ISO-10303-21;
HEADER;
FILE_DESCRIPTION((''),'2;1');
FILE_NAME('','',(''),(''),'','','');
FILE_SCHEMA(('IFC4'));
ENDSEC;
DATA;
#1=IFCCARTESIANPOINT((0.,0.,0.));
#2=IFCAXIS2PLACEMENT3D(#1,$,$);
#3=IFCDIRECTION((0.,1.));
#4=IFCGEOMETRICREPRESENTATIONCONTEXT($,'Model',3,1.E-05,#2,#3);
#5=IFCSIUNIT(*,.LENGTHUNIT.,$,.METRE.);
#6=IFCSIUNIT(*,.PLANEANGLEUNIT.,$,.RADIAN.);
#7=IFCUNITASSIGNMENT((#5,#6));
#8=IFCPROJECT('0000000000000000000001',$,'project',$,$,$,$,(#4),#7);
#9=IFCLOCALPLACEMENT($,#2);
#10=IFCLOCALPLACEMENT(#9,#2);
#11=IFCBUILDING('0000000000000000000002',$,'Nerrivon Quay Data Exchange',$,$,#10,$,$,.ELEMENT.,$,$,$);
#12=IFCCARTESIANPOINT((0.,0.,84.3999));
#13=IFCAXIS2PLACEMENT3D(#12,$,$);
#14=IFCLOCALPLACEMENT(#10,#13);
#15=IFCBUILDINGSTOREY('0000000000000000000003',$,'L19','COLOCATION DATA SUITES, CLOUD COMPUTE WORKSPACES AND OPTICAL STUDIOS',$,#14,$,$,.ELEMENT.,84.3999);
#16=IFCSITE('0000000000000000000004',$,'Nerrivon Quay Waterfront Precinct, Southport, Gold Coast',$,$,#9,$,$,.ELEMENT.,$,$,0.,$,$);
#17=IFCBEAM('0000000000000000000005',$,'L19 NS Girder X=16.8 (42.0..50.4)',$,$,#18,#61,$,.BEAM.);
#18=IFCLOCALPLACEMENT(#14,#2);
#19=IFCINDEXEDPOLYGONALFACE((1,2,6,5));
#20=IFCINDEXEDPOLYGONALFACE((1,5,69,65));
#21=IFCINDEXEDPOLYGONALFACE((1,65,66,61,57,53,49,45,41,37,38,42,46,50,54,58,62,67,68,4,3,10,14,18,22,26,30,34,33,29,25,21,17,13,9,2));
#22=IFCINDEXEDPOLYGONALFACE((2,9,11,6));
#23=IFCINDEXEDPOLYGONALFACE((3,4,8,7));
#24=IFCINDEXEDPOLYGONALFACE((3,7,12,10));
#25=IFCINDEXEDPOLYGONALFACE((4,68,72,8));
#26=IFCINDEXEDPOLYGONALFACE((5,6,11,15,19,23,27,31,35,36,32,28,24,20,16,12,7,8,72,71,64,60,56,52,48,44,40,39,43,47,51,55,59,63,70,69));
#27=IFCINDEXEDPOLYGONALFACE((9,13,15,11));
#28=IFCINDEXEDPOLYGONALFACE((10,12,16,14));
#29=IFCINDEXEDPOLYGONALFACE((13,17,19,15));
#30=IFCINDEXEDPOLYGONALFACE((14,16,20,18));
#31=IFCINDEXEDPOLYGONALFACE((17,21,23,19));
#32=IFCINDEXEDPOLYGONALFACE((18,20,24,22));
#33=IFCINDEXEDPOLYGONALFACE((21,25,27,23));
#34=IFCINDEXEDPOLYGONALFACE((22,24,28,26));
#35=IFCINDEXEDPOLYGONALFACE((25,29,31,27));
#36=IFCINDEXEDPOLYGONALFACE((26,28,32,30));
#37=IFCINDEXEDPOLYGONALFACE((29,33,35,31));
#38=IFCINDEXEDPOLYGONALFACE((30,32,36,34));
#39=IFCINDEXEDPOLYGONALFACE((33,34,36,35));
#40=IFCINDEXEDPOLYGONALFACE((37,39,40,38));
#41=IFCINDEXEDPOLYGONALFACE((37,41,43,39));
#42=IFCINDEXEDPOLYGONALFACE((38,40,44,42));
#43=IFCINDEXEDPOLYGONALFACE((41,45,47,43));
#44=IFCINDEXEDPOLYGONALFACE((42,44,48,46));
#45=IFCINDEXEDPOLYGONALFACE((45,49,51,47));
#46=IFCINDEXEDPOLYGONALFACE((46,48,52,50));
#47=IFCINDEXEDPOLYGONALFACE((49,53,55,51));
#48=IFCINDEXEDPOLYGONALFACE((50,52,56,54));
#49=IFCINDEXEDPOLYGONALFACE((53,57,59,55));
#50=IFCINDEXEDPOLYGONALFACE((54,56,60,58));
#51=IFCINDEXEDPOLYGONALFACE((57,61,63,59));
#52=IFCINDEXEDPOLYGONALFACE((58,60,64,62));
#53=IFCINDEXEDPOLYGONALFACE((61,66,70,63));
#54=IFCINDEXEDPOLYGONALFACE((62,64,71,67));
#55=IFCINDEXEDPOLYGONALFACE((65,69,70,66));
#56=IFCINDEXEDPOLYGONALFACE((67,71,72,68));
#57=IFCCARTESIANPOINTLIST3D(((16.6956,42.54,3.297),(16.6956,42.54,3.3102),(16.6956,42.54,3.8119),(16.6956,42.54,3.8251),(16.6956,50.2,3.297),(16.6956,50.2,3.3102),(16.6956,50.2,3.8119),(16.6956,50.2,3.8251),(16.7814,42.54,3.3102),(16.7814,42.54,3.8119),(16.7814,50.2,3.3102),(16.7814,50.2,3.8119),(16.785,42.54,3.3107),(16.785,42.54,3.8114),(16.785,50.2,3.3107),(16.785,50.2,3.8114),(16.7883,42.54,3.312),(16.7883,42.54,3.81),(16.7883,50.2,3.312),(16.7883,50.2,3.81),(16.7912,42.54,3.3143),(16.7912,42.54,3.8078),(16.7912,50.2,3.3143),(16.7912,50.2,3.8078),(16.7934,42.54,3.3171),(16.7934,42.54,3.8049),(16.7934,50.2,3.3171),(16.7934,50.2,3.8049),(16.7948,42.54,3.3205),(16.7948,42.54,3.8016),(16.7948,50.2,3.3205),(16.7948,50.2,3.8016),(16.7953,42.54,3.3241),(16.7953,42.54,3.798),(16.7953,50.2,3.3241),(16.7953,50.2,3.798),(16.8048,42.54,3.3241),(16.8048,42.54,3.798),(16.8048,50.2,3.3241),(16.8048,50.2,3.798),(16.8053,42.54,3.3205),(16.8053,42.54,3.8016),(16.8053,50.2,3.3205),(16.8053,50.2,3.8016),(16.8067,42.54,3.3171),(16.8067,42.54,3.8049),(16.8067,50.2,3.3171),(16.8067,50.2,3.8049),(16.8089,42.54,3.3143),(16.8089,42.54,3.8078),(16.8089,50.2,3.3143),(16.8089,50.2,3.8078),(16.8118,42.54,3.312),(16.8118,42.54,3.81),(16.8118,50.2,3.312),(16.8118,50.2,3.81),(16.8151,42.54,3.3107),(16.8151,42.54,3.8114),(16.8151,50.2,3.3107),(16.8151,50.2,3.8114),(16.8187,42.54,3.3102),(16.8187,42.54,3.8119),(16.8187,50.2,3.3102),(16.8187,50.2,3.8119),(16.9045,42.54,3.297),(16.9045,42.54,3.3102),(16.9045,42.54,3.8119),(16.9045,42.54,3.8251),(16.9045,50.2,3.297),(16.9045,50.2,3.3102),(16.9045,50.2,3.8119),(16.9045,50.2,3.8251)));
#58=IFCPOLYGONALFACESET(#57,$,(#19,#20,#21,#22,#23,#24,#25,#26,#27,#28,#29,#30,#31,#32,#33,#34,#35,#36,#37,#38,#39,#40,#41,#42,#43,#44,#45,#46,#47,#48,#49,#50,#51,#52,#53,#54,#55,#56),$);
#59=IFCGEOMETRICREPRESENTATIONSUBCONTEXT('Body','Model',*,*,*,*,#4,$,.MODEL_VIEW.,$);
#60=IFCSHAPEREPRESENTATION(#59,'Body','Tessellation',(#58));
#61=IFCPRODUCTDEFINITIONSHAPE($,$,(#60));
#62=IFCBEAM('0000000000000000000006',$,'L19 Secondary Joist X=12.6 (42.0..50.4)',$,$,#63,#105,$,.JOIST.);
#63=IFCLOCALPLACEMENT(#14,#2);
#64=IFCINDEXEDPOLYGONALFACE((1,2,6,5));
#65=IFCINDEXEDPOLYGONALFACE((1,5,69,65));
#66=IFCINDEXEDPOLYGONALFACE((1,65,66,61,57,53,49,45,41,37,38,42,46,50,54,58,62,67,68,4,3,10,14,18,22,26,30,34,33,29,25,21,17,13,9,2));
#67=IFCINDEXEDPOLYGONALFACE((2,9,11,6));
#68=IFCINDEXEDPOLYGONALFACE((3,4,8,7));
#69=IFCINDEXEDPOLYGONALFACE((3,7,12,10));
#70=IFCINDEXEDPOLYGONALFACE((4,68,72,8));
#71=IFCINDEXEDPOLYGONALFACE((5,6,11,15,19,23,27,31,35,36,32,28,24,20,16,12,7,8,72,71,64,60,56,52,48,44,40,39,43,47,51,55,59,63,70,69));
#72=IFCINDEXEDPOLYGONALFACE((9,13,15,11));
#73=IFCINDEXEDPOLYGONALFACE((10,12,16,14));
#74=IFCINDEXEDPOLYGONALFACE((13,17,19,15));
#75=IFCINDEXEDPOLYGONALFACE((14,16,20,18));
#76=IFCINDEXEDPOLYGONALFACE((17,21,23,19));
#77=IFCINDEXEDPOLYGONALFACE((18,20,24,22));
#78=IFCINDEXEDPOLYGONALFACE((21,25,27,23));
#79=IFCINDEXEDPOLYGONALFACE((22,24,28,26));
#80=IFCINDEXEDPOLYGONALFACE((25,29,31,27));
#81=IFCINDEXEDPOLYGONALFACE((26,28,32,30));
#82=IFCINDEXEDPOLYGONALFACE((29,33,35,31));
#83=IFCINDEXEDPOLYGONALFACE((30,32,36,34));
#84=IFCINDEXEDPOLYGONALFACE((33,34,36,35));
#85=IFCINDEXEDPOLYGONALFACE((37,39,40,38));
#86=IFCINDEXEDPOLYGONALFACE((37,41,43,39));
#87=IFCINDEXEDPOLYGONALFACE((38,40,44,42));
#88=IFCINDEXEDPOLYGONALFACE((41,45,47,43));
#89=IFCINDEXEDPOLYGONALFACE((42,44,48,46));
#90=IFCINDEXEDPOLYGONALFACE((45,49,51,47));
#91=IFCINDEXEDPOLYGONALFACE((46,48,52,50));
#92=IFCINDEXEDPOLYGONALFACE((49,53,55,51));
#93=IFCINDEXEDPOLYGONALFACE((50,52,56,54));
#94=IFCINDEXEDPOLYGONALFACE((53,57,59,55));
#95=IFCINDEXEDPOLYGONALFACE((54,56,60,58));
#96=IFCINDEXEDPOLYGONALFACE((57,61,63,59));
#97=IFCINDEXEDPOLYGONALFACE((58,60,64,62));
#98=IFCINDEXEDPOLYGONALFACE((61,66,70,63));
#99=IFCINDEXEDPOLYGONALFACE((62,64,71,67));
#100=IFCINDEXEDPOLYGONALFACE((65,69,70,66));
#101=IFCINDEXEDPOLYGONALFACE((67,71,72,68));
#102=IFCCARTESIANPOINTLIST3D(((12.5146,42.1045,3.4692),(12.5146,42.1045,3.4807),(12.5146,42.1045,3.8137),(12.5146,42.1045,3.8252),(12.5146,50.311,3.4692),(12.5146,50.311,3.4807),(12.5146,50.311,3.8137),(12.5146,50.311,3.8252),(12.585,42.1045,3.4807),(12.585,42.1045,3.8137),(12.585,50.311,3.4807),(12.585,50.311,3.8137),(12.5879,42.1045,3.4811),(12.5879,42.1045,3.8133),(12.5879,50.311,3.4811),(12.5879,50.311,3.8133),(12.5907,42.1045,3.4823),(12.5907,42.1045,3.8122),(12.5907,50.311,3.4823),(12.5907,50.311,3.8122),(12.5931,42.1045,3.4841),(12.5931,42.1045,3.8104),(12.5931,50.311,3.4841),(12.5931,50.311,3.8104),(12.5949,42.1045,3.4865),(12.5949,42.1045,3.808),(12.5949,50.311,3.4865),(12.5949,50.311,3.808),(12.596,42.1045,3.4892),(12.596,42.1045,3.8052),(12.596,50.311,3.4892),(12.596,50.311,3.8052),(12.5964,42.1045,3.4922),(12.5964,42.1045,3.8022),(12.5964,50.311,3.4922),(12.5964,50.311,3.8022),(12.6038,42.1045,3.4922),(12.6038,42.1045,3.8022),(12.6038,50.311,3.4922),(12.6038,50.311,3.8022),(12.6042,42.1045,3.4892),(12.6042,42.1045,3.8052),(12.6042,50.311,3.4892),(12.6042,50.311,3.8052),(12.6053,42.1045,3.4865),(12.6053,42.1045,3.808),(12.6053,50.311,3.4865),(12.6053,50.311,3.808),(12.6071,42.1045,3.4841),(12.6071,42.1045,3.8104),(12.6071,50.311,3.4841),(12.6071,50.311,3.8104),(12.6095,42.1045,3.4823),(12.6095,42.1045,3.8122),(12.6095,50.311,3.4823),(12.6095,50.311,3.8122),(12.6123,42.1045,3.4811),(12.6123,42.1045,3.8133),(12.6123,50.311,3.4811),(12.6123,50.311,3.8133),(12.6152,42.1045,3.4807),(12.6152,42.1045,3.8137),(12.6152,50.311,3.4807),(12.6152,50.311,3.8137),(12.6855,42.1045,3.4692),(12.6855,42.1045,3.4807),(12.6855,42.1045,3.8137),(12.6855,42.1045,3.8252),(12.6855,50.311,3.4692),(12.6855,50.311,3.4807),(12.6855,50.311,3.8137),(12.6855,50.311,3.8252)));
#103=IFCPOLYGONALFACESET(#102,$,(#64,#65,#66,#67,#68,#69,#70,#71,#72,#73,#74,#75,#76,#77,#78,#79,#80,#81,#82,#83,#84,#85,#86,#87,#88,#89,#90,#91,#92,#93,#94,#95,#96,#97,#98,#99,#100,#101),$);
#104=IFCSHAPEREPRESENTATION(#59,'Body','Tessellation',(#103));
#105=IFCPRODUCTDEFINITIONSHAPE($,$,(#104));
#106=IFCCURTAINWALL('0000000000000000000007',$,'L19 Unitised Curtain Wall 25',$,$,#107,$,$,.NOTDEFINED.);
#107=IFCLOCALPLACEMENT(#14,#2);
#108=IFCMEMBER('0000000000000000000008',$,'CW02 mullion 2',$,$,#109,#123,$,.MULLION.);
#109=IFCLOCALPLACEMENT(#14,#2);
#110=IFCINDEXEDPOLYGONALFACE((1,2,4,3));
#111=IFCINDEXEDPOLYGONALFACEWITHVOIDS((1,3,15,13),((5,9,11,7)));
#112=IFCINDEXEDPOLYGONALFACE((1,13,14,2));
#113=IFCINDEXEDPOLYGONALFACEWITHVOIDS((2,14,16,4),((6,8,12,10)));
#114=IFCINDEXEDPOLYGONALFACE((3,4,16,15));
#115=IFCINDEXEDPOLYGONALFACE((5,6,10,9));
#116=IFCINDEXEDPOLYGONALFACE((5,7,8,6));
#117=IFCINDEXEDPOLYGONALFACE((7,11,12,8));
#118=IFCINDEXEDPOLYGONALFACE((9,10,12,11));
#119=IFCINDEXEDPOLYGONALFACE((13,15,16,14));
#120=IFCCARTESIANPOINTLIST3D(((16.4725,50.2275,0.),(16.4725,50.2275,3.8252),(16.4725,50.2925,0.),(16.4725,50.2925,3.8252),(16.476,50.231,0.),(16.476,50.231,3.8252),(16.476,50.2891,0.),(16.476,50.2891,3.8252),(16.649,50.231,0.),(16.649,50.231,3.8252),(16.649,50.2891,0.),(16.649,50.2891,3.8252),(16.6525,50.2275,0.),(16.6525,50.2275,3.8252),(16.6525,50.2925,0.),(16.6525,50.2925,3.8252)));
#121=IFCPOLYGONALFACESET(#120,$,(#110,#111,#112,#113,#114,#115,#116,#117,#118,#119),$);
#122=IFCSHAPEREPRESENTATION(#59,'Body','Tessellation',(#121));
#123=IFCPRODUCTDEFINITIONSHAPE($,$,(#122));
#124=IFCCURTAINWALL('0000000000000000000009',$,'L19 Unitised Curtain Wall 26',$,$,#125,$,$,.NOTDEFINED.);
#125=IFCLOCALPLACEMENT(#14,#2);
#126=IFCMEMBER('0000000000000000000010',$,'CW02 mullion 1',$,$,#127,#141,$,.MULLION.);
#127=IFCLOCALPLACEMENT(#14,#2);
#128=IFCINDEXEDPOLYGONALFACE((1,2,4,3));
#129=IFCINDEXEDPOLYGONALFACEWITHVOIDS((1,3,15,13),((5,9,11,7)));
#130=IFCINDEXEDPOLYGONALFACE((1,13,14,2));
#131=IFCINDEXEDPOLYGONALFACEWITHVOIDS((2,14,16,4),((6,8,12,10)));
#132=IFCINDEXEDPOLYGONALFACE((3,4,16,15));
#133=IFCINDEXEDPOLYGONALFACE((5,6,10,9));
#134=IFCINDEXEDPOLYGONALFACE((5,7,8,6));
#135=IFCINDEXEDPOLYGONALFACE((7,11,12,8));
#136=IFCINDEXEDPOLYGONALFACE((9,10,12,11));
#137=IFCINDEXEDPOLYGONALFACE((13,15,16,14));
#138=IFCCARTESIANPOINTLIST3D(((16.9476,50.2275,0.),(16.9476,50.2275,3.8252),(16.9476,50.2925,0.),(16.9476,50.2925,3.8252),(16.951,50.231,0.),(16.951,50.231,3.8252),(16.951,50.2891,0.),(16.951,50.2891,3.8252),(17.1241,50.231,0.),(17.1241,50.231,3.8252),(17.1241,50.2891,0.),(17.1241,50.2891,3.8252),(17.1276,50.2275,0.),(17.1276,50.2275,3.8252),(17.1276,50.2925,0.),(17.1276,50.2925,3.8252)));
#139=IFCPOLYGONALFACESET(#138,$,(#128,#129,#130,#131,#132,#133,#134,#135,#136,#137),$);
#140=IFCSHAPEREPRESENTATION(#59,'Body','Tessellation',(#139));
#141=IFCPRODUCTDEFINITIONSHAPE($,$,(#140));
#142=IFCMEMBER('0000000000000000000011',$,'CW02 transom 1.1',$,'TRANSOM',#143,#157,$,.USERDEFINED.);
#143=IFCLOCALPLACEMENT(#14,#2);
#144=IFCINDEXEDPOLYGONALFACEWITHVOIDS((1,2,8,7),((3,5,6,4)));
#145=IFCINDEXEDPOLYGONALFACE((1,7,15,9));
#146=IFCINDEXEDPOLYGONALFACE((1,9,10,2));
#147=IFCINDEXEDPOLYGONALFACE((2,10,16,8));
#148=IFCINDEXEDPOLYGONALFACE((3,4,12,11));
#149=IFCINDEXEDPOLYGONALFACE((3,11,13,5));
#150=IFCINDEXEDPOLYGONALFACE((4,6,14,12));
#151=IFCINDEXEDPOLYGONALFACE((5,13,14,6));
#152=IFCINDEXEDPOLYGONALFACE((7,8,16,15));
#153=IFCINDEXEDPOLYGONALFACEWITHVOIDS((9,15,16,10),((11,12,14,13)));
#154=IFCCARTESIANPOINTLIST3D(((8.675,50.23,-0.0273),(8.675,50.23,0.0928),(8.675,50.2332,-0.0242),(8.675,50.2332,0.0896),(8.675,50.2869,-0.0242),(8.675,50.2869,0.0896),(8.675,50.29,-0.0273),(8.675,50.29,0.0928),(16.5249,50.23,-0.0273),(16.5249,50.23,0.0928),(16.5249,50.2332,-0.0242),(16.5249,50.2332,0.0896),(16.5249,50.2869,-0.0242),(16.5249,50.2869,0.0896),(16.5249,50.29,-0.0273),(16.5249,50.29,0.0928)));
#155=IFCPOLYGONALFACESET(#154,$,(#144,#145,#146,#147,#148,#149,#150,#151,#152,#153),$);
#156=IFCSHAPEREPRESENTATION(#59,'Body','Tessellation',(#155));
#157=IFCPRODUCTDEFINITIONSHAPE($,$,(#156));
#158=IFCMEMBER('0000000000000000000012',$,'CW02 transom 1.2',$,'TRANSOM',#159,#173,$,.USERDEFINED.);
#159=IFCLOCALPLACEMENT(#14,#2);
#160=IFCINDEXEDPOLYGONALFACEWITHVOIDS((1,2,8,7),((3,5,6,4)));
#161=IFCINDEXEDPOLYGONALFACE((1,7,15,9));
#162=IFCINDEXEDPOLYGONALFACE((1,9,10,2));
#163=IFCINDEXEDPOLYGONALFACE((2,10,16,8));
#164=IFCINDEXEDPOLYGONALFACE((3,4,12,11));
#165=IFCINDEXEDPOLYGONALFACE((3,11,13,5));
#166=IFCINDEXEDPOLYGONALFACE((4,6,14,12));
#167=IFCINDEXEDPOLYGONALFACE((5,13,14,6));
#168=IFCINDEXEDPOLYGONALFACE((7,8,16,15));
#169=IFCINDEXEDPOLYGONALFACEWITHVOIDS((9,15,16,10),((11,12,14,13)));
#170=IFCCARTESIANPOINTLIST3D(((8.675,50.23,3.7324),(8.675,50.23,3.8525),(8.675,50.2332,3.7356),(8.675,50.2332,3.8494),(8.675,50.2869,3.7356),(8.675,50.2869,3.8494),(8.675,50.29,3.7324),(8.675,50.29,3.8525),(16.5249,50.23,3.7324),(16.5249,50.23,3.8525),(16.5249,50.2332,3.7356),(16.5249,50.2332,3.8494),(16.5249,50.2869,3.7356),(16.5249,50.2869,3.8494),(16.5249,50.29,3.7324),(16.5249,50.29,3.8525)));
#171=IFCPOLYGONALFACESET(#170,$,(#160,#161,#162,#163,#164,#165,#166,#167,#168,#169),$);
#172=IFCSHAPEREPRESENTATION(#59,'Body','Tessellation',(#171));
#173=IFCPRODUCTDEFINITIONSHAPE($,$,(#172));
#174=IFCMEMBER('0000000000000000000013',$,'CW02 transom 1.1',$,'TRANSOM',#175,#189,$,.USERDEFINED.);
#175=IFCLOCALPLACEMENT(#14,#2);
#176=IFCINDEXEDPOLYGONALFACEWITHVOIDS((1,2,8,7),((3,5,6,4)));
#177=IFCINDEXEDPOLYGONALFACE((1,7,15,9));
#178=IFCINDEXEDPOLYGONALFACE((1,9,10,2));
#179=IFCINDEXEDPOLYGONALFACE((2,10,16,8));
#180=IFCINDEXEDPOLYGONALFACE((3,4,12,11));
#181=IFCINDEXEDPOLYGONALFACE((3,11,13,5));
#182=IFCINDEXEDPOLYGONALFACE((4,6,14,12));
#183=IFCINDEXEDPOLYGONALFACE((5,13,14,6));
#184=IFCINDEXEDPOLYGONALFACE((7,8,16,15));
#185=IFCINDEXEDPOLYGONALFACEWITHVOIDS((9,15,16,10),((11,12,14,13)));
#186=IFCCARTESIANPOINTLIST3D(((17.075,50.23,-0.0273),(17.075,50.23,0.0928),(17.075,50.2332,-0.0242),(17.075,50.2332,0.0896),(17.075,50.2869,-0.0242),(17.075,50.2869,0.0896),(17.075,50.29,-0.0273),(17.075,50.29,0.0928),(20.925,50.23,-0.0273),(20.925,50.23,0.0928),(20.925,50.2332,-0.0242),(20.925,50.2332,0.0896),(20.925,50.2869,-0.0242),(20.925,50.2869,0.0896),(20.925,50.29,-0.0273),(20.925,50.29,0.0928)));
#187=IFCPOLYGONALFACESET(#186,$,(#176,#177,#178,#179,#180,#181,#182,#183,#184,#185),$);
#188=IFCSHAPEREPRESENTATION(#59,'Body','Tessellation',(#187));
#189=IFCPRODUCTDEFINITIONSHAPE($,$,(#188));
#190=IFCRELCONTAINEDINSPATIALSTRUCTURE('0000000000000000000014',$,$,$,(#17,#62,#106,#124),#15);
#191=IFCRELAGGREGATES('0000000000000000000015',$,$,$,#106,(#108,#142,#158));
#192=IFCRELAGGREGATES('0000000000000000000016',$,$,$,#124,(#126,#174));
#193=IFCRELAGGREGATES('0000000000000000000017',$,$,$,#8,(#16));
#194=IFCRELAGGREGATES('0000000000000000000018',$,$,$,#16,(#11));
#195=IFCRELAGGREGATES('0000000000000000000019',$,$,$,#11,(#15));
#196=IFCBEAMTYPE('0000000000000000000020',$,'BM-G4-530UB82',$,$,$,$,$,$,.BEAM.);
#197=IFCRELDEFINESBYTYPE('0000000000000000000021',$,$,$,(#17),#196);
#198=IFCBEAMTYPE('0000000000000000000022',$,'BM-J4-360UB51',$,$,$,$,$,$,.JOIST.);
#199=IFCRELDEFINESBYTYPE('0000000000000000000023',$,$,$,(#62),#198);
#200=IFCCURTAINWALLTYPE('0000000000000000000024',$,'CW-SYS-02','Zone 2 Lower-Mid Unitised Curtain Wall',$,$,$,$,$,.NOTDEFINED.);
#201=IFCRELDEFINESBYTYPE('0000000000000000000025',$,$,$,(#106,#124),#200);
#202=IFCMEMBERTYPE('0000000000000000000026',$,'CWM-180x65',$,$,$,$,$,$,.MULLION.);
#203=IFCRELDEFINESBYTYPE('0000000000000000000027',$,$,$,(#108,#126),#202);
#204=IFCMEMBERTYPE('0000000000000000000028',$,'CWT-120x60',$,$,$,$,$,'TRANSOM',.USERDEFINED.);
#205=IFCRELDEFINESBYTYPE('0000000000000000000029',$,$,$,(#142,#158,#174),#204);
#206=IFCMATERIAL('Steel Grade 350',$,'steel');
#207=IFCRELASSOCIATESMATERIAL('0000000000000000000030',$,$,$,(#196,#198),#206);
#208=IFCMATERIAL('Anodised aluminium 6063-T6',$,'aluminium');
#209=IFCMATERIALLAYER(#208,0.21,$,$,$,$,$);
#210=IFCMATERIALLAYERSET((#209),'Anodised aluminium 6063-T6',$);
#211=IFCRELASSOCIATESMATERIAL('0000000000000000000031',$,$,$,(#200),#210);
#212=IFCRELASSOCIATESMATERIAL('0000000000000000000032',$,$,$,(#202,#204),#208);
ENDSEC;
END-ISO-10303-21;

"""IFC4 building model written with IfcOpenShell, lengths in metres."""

from ifc_helpers import new_model, si_unit, direction, frame, origin, origin_2d, place, context, subcontext, project, spatial, hollow_rectangle, i_section, extrude, material, layer, layer_set, material_profile, profile_set, type_object, element, aggregate, save


model = new_model("IFC4")

# Units and contexts
model_context = context("Model", 3, precision=1e-05, world=origin(), true_north=direction((0.0, 1.0)))
body_context = subcontext(model_context, "Body", "Model", "MODEL_VIEW")
ifc_project = project(units=[si_unit("LENGTHUNIT", "METRE"), si_unit("PLANEANGLEUNIT", "RADIAN")], contexts=[model_context])

# Site, building, storey
site_placement = place(None, origin())
site = spatial("IfcSite", under=ifc_project, at=site_placement, Name="Nerrivon Quay Waterfront Precinct, Southport, Gold Coast", CompositionType="ELEMENT", RefElevation=0.0)
building_placement = place(site_placement, origin())
building = spatial("IfcBuilding", under=site, at=building_placement, Name="Nerrivon Quay Data Exchange", CompositionType="ELEMENT")
storey_placement = place(building_placement, frame((0.0, 0.0, 84.3999)))
storey = spatial("IfcBuildingStorey", under=building, at=storey_placement, Name="L19", Description="COLOCATION DATA SUITES, CLOUD COMPUTE WORKSPACES AND OPTICAL STUDIOS", CompositionType="ELEMENT", Elevation=84.3999)

# Shared definitions
ifc_material_1 = material(Name="Steel Grade 350", Category="steel")

# Beams
ifc_material_profile_1 = material_profile(ifc_material_1, i_section(OverallWidth=0.209, OverallDepth=0.5281, WebThickness=0.0095, FlangeThickness=0.0132, FilletRadius=0.0139, at=origin_2d()), Name="530UB82.0")
ifc_profile_set_1 = profile_set([ifc_material_profile_1], Name="Steel Grade 350")
beam_type_1 = type_object("IfcBeamType", Name="BM-G4-530UB82", PredefinedType="BEAM", material=ifc_profile_set_1)
beam_1_placement = place(storey_placement, frame((16.8, 42.54, 3.561), z_axis=(0.0, 1.0, 0.0), x_axis=(-1.0, 0.0, 0.0)))
element("IfcBeam", 1, at=beam_1_placement, inside=storey, type_object=beam_type_1, Name="L19 NS Girder X=16.8 (42.0..50.4)", PredefinedType="BEAM", context=body_context, shape_type="SweptSolid", body=[
    extrude(i_section(OverallWidth=0.209, OverallDepth=0.5281, WebThickness=0.0095, FlangeThickness=0.0132, FilletRadius=0.0139, at=origin_2d()), origin(), (0.0, 0.0, 1.0), 7.6599),
])
ifc_material_profile_2 = material_profile(ifc_material_1, i_section(OverallWidth=0.1709, OverallDepth=0.356, WebThickness=0.0073, FlangeThickness=0.0115, FilletRadius=0.0115, at=origin_2d()), Name="360UB50.7")
ifc_profile_set_2 = profile_set([ifc_material_profile_2], Name="Steel Grade 350")
beam_type_2 = type_object("IfcBeamType", Name="BM-J4-360UB51", PredefinedType="JOIST", material=ifc_profile_set_2)
beam_2_placement = place(storey_placement, frame((12.6001, 42.1045, 3.6472), z_axis=(0.0, 1.0, 0.0), x_axis=(-1.0, 0.0, 0.0)))
element("IfcBeam", 2, at=beam_2_placement, inside=storey, type_object=beam_type_2, Name="L19 Secondary Joist X=12.6 (42.0..50.4)", PredefinedType="JOIST", context=body_context, shape_type="SweptSolid", body=[
    extrude(i_section(OverallWidth=0.1709, OverallDepth=0.356, WebThickness=0.0073, FlangeThickness=0.0115, FilletRadius=0.0115, at=origin_2d()), origin(), (0.0, 0.0, 1.0), 8.2065),
])

# Curtain walls, members
ifc_material_2 = material(Name="Anodised aluminium 6063-T6", Category="aluminium")
ifc_layer_1 = layer(ifc_material_2, 0.21)
ifc_layer_set_1 = layer_set([ifc_layer_1], Name="Anodised aluminium 6063-T6")
curtain_wall_type = type_object("IfcCurtainWallType", Name="CW-SYS-02", Description="Zone 2 Lower-Mid Unitised Curtain Wall", PredefinedType="NOTDEFINED", material=ifc_layer_set_1)
curtain_wall_1_placement = place(storey_placement, origin())
curtain_wall_1 = element("IfcCurtainWall", 3, at=curtain_wall_1_placement, inside=storey, type_object=curtain_wall_type, Name="L19 Unitised Curtain Wall 25", PredefinedType="NOTDEFINED")
ifc_material_profile_3 = material_profile(ifc_material_2, hollow_rectangle(XDim=0.0649, YDim=0.1799, WallThickness=0.0034, at=origin_2d()), Name="ALU-MULL-180x65")
ifc_profile_set_3 = profile_set([ifc_material_profile_3], Name="Anodised aluminium 6063-T6")
member_type_1 = type_object("IfcMemberType", Name="CWM-180x65", PredefinedType="MULLION", material=ifc_profile_set_3)
member_1_placement = place(storey_placement, frame((16.5625, 50.26, 0.0), z_axis=(0.0, 0.0, 1.0), x_axis=(0.0, 1.0, 0.0)))
member_1 = element("IfcMember", 4, at=member_1_placement, type_object=member_type_1, Name="CW02 mullion 2", PredefinedType="MULLION", context=body_context, shape_type="SweptSolid", body=[
    extrude(hollow_rectangle(XDim=0.0649, YDim=0.1799, WallThickness=0.0034, at=origin_2d()), origin(), (0.0, 0.0, 1.0), 3.8252),
])
curtain_wall_2_placement = place(storey_placement, origin())
curtain_wall_2 = element("IfcCurtainWall", 5, at=curtain_wall_2_placement, inside=storey, type_object=curtain_wall_type, Name="L19 Unitised Curtain Wall 26", PredefinedType="NOTDEFINED")
member_2_placement = place(storey_placement, frame((17.0376, 50.26, 0.0), z_axis=(0.0, 0.0, 1.0), x_axis=(0.0, 1.0, 0.0)))
member_2 = element("IfcMember", 6, at=member_2_placement, type_object=member_type_1, Name="CW02 mullion 1", PredefinedType="MULLION", context=body_context, shape_type="SweptSolid", body=[
    extrude(hollow_rectangle(XDim=0.0649, YDim=0.1799, WallThickness=0.0034, at=origin_2d()), origin(), (0.0, 0.0, 1.0), 3.8252),
])

# Members
ifc_material_profile_4 = material_profile(ifc_material_2, hollow_rectangle(XDim=0.0601, YDim=0.1201, WallThickness=0.0032, at=origin_2d()), Name="ALU-TRAN-120x60")
ifc_profile_set_4 = profile_set([ifc_material_profile_4], Name="Anodised aluminium 6063-T6")
member_type_2 = type_object("IfcMemberType", Name="CWT-120x60", ElementType="TRANSOM", PredefinedType="USERDEFINED", material=ifc_profile_set_4)
member_3_placement = place(storey_placement, frame((8.675, 50.26, 0.0327), z_axis=(1.0, 0.0, 0.0), x_axis=(0.0, 1.0, 0.0)))
member_3 = element("IfcMember", 7, at=member_3_placement, type_object=member_type_2, Name="CW02 transom 1.1", ObjectType="TRANSOM", PredefinedType="USERDEFINED", context=body_context, shape_type="SweptSolid", body=[
    extrude(hollow_rectangle(XDim=0.0601, YDim=0.1201, WallThickness=0.0032, at=origin_2d()), origin(), (0.0, 0.0, 1.0), 7.8499),
])
member_4_placement = place(storey_placement, frame((8.675, 50.26, 3.7925), z_axis=(1.0, 0.0, 0.0), x_axis=(0.0, 1.0, 0.0)))
member_4 = element("IfcMember", 8, at=member_4_placement, type_object=member_type_2, Name="CW02 transom 1.2", ObjectType="TRANSOM", PredefinedType="USERDEFINED", context=body_context, shape_type="SweptSolid", body=[
    extrude(hollow_rectangle(XDim=0.0601, YDim=0.1201, WallThickness=0.0032, at=origin_2d()), origin(), (0.0, 0.0, 1.0), 7.8499),
])
member_5_placement = place(storey_placement, frame((17.075, 50.26, 0.0327), z_axis=(1.0, 0.0, 0.0), x_axis=(0.0, 1.0, 0.0)))
member_5 = element("IfcMember", 9, at=member_5_placement, type_object=member_type_2, Name="CW02 transom 1.1", ObjectType="TRANSOM", PredefinedType="USERDEFINED", context=body_context, shape_type="SweptSolid", body=[
    extrude(hollow_rectangle(XDim=0.0601, YDim=0.1201, WallThickness=0.0032, at=origin_2d()), origin(), (0.0, 0.0, 1.0), 3.8501),
])

aggregate(curtain_wall_1, [member_1, member_3, member_4])
aggregate(curtain_wall_2, [member_2, member_5])

save(model, "model.ifc")
